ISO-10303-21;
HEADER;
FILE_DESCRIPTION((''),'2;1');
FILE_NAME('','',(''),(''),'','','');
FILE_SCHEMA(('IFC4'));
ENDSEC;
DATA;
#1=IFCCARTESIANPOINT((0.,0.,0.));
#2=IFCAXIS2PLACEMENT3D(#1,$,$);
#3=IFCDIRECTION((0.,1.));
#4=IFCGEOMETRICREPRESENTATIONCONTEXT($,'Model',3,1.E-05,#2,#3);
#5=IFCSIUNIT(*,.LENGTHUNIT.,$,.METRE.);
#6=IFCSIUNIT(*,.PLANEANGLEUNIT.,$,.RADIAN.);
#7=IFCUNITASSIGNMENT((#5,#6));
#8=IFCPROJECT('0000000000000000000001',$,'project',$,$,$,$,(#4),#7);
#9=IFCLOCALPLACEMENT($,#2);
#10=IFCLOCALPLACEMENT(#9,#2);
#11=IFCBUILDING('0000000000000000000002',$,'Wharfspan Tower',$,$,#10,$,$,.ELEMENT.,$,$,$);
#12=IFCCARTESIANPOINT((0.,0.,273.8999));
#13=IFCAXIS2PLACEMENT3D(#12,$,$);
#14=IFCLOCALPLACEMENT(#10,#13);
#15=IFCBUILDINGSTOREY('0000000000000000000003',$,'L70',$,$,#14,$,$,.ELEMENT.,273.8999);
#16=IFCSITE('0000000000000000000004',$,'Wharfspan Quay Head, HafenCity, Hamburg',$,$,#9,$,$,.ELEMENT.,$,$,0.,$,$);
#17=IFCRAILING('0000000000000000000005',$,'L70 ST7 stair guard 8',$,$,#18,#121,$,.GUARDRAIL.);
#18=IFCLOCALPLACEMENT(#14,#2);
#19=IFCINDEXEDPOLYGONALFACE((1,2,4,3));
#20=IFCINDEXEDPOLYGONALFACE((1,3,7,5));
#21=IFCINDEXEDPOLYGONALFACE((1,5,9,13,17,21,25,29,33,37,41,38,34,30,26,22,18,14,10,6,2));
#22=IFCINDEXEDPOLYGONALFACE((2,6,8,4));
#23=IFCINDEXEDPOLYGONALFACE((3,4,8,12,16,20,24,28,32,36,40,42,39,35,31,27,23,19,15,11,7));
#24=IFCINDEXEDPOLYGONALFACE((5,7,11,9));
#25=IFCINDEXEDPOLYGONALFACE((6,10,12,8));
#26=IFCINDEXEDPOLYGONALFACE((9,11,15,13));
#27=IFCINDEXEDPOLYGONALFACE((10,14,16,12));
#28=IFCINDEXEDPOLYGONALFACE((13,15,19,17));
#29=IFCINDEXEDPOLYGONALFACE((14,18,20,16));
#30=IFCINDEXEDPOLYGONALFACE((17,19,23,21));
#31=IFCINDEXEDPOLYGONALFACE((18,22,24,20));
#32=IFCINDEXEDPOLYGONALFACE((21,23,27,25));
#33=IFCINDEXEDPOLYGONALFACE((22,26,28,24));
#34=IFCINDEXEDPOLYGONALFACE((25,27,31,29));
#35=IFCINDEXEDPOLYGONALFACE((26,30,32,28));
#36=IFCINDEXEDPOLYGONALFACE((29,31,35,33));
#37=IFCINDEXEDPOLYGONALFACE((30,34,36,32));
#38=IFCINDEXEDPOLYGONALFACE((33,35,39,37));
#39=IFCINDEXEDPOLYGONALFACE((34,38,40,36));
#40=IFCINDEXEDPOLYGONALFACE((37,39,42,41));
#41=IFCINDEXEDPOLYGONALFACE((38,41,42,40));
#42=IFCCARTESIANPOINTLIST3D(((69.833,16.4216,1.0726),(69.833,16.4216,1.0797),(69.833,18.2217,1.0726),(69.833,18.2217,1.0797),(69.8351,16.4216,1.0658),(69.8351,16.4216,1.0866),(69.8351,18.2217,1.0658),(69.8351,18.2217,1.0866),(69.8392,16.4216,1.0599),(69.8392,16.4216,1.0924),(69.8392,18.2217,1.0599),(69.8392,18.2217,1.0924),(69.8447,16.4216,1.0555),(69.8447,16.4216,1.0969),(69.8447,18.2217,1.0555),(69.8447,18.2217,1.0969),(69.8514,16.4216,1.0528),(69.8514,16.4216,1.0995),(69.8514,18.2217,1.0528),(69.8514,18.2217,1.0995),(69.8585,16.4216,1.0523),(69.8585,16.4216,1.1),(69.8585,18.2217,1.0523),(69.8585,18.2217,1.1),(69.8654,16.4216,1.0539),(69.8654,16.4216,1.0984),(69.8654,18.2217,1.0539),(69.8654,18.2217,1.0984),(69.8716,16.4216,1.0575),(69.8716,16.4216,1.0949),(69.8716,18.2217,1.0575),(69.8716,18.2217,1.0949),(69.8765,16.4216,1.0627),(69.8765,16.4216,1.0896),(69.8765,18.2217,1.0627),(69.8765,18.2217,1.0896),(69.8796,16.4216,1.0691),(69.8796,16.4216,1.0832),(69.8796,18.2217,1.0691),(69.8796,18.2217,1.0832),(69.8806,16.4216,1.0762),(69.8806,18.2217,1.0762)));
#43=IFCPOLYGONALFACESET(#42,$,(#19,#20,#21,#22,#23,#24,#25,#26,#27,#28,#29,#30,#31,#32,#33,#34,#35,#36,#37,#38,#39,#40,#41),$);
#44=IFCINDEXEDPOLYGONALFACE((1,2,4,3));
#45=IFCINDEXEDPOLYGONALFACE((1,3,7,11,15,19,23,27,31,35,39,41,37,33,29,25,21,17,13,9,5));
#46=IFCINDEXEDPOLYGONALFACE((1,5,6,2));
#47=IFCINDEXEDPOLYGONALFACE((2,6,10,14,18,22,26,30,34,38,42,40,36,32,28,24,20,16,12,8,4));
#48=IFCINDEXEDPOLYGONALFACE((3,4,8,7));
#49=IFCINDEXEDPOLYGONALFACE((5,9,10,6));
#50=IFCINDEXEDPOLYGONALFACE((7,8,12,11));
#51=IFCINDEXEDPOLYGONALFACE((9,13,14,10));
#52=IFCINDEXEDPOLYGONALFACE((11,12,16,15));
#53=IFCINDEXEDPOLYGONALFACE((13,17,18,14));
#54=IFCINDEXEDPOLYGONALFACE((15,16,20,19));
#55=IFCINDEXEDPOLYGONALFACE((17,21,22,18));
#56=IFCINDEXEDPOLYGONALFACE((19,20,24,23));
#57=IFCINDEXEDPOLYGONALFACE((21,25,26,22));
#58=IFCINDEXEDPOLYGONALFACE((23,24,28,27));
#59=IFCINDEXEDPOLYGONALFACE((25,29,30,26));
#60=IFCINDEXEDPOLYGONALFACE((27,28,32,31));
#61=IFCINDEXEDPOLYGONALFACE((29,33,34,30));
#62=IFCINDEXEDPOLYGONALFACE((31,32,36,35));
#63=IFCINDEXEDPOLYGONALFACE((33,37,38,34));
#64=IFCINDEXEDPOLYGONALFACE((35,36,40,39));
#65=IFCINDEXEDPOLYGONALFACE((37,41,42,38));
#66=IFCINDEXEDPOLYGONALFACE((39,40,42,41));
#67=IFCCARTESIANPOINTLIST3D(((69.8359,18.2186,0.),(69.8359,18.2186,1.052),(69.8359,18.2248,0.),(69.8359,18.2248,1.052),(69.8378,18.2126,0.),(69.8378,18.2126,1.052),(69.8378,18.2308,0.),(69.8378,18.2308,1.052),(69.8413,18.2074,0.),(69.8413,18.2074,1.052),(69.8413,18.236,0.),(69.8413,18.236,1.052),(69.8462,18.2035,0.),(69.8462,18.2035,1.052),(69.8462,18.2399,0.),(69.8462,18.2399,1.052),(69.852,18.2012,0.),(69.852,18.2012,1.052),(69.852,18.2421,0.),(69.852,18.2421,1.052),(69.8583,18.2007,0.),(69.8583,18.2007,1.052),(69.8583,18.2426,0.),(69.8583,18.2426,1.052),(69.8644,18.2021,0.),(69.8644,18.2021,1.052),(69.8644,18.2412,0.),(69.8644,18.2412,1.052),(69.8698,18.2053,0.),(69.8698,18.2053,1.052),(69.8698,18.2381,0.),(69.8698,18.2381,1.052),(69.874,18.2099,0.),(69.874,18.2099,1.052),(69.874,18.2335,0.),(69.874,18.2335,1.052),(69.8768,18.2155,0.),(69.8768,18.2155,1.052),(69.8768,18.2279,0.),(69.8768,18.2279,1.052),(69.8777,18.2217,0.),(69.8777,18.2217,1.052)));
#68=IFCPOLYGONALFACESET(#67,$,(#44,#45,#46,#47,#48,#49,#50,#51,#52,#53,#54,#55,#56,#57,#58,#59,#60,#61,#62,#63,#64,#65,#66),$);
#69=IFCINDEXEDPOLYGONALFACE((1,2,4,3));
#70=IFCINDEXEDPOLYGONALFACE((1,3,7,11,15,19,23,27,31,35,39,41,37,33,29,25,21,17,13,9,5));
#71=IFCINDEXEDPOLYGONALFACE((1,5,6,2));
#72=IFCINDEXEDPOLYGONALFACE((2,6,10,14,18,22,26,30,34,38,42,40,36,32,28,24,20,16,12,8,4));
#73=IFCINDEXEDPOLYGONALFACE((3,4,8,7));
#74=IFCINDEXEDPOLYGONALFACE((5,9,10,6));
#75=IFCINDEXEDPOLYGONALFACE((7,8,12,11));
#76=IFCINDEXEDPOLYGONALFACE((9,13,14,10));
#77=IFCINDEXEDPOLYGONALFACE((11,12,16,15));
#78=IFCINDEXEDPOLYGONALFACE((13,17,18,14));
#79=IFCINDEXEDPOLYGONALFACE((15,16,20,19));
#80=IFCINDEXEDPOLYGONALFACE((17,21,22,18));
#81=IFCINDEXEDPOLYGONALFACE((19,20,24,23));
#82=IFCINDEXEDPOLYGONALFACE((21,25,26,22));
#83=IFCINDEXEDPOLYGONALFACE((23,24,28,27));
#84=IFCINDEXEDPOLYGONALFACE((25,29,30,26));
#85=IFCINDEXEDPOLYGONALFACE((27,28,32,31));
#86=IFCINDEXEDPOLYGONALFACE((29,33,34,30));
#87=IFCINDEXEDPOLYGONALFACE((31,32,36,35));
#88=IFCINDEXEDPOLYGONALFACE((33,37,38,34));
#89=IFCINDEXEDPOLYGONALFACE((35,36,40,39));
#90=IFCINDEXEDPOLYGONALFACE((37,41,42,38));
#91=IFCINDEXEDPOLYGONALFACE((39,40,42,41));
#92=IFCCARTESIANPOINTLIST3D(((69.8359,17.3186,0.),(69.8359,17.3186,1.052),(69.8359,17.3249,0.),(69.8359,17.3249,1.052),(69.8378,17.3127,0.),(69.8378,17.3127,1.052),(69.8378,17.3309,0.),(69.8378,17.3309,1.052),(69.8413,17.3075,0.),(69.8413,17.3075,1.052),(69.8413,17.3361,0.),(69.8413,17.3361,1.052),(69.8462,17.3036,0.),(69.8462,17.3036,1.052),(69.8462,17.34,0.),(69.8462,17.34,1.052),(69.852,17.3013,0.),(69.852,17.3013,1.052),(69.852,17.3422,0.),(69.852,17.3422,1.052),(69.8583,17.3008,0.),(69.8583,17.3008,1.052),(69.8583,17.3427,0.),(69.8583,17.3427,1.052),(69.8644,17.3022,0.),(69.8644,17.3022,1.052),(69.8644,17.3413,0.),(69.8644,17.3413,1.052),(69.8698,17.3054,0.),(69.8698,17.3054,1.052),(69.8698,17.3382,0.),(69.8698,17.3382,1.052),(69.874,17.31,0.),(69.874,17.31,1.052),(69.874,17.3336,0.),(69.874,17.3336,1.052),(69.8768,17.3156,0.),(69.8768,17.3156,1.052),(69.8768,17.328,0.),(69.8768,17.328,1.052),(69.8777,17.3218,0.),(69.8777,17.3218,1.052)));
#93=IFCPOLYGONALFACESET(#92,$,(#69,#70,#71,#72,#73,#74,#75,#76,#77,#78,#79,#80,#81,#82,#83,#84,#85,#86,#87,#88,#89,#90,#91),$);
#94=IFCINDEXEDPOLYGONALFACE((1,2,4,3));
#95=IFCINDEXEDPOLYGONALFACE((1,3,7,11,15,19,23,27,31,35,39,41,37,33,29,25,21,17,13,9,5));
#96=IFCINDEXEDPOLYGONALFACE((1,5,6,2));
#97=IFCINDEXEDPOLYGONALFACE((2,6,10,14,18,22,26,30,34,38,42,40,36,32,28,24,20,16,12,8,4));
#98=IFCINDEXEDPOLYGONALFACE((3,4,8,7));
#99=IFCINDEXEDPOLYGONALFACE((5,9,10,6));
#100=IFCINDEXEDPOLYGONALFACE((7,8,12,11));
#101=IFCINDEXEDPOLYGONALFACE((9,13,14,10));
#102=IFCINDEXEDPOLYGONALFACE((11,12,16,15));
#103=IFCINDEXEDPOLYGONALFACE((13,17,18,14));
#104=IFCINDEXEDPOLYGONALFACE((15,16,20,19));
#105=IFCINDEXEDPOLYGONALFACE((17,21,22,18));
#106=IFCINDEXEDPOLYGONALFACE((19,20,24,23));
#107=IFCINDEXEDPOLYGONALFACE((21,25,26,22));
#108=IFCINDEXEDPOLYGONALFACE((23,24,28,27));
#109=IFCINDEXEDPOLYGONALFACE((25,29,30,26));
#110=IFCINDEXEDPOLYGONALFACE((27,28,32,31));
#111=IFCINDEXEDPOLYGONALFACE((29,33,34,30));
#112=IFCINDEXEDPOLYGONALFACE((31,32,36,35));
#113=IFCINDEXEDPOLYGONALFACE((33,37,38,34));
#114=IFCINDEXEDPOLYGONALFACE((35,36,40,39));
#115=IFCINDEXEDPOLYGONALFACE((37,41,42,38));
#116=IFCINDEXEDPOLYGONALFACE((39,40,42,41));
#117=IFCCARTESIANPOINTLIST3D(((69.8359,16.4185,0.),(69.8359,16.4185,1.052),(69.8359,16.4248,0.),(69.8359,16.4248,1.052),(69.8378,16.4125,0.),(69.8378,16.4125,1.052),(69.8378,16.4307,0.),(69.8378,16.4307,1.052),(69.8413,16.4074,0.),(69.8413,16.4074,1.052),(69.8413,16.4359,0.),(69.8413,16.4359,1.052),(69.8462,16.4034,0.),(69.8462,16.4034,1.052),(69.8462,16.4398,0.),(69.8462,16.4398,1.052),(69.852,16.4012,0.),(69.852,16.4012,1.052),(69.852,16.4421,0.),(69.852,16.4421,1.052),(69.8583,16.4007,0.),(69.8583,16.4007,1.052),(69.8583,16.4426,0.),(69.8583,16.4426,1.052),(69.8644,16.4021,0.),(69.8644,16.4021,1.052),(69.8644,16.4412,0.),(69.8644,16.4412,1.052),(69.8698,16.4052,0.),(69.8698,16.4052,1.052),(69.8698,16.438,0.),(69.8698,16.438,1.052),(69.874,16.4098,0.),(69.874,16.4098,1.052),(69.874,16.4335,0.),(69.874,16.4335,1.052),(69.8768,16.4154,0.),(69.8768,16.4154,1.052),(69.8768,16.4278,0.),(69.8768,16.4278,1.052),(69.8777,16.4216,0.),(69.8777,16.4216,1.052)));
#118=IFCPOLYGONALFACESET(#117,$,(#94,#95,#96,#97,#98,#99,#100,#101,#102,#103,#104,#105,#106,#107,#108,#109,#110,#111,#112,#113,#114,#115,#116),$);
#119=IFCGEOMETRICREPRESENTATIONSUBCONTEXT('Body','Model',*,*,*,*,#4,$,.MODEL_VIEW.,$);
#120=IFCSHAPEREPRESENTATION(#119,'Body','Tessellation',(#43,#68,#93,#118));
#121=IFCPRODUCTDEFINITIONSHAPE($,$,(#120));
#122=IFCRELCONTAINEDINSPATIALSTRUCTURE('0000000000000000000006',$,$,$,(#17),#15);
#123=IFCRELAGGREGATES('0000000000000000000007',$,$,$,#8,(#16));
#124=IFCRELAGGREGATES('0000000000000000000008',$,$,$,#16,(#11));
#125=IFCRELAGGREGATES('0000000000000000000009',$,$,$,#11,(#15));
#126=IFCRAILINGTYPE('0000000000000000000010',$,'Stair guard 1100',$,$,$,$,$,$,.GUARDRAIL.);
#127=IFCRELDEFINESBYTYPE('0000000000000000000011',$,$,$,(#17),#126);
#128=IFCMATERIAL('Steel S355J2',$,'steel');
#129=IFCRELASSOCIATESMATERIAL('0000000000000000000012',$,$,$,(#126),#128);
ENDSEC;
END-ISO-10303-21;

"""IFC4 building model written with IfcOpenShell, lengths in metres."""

from ifc_helpers import new_model, si_unit, direction, frame, origin, origin_2d, place, context, subcontext, project, spatial, circle, extrude, material, type_object, element, save


model = new_model("IFC4")

# Units and contexts
model_context = context("Model", 3, precision=1e-05, world=origin(), true_north=direction((0.0, 1.0)))
body_context = subcontext(model_context, "Body", "Model", "MODEL_VIEW")
ifc_project = project(units=[si_unit("LENGTHUNIT", "METRE"), si_unit("PLANEANGLEUNIT", "RADIAN")], contexts=[model_context])

# Site, building, storey
site_placement = place(None, origin())
site = spatial("IfcSite", under=ifc_project, at=site_placement, Name="Wharfspan Quay Head, HafenCity, Hamburg", CompositionType="ELEMENT", RefElevation=0.0)
building_placement = place(site_placement, origin())
building = spatial("IfcBuilding", under=site, at=building_placement, Name="Wharfspan Tower", CompositionType="ELEMENT")
storey_placement = place(building_placement, frame((0.0, 0.0, 273.8999)))
storey = spatial("IfcBuildingStorey", under=building, at=storey_placement, Name="L70", CompositionType="ELEMENT", Elevation=273.8999)

# Shared definitions
ifc_material_1 = material(Name="Steel S355J2", Category="steel")

# Railing
railing_type_1 = type_object("IfcRailingType", Name="Stair guard 1100", PredefinedType="GUARDRAIL", material=ifc_material_1)
for number, where, name in (
    (1, (69.8567, 18.2217, 0.0), "L70 ST7 stair guard 8"),
):
    element("IfcRailing", number, at=place(storey_placement, frame(where)), inside=storey, type_object=railing_type_1, Name=name, PredefinedType="GUARDRAIL", context=body_context, shape_type="SweptSolid", body=[
        extrude(circle(Radius=0.0239, at=origin_2d()), frame((0.0, 0.0, 1.0762), z_axis=(0.0, -1.0, 0.0), x_axis=(1.0, 0.0, 0.0)), (0.0, 0.0, 1.0), 1.8),
        extrude(circle(Radius=0.021, at=origin_2d()), origin(), (0.0, 0.0, 1.0), 1.052),
        extrude(circle(Radius=0.021, at=origin_2d()), frame((0.0, -0.8999, 0.0)), (0.0, 0.0, 1.0), 1.052),
        extrude(circle(Radius=0.021, at=origin_2d()), frame((0.0, -1.8, 0.0)), (0.0, 0.0, 1.0), 1.052),
    ])

save(model, "model.ifc")
